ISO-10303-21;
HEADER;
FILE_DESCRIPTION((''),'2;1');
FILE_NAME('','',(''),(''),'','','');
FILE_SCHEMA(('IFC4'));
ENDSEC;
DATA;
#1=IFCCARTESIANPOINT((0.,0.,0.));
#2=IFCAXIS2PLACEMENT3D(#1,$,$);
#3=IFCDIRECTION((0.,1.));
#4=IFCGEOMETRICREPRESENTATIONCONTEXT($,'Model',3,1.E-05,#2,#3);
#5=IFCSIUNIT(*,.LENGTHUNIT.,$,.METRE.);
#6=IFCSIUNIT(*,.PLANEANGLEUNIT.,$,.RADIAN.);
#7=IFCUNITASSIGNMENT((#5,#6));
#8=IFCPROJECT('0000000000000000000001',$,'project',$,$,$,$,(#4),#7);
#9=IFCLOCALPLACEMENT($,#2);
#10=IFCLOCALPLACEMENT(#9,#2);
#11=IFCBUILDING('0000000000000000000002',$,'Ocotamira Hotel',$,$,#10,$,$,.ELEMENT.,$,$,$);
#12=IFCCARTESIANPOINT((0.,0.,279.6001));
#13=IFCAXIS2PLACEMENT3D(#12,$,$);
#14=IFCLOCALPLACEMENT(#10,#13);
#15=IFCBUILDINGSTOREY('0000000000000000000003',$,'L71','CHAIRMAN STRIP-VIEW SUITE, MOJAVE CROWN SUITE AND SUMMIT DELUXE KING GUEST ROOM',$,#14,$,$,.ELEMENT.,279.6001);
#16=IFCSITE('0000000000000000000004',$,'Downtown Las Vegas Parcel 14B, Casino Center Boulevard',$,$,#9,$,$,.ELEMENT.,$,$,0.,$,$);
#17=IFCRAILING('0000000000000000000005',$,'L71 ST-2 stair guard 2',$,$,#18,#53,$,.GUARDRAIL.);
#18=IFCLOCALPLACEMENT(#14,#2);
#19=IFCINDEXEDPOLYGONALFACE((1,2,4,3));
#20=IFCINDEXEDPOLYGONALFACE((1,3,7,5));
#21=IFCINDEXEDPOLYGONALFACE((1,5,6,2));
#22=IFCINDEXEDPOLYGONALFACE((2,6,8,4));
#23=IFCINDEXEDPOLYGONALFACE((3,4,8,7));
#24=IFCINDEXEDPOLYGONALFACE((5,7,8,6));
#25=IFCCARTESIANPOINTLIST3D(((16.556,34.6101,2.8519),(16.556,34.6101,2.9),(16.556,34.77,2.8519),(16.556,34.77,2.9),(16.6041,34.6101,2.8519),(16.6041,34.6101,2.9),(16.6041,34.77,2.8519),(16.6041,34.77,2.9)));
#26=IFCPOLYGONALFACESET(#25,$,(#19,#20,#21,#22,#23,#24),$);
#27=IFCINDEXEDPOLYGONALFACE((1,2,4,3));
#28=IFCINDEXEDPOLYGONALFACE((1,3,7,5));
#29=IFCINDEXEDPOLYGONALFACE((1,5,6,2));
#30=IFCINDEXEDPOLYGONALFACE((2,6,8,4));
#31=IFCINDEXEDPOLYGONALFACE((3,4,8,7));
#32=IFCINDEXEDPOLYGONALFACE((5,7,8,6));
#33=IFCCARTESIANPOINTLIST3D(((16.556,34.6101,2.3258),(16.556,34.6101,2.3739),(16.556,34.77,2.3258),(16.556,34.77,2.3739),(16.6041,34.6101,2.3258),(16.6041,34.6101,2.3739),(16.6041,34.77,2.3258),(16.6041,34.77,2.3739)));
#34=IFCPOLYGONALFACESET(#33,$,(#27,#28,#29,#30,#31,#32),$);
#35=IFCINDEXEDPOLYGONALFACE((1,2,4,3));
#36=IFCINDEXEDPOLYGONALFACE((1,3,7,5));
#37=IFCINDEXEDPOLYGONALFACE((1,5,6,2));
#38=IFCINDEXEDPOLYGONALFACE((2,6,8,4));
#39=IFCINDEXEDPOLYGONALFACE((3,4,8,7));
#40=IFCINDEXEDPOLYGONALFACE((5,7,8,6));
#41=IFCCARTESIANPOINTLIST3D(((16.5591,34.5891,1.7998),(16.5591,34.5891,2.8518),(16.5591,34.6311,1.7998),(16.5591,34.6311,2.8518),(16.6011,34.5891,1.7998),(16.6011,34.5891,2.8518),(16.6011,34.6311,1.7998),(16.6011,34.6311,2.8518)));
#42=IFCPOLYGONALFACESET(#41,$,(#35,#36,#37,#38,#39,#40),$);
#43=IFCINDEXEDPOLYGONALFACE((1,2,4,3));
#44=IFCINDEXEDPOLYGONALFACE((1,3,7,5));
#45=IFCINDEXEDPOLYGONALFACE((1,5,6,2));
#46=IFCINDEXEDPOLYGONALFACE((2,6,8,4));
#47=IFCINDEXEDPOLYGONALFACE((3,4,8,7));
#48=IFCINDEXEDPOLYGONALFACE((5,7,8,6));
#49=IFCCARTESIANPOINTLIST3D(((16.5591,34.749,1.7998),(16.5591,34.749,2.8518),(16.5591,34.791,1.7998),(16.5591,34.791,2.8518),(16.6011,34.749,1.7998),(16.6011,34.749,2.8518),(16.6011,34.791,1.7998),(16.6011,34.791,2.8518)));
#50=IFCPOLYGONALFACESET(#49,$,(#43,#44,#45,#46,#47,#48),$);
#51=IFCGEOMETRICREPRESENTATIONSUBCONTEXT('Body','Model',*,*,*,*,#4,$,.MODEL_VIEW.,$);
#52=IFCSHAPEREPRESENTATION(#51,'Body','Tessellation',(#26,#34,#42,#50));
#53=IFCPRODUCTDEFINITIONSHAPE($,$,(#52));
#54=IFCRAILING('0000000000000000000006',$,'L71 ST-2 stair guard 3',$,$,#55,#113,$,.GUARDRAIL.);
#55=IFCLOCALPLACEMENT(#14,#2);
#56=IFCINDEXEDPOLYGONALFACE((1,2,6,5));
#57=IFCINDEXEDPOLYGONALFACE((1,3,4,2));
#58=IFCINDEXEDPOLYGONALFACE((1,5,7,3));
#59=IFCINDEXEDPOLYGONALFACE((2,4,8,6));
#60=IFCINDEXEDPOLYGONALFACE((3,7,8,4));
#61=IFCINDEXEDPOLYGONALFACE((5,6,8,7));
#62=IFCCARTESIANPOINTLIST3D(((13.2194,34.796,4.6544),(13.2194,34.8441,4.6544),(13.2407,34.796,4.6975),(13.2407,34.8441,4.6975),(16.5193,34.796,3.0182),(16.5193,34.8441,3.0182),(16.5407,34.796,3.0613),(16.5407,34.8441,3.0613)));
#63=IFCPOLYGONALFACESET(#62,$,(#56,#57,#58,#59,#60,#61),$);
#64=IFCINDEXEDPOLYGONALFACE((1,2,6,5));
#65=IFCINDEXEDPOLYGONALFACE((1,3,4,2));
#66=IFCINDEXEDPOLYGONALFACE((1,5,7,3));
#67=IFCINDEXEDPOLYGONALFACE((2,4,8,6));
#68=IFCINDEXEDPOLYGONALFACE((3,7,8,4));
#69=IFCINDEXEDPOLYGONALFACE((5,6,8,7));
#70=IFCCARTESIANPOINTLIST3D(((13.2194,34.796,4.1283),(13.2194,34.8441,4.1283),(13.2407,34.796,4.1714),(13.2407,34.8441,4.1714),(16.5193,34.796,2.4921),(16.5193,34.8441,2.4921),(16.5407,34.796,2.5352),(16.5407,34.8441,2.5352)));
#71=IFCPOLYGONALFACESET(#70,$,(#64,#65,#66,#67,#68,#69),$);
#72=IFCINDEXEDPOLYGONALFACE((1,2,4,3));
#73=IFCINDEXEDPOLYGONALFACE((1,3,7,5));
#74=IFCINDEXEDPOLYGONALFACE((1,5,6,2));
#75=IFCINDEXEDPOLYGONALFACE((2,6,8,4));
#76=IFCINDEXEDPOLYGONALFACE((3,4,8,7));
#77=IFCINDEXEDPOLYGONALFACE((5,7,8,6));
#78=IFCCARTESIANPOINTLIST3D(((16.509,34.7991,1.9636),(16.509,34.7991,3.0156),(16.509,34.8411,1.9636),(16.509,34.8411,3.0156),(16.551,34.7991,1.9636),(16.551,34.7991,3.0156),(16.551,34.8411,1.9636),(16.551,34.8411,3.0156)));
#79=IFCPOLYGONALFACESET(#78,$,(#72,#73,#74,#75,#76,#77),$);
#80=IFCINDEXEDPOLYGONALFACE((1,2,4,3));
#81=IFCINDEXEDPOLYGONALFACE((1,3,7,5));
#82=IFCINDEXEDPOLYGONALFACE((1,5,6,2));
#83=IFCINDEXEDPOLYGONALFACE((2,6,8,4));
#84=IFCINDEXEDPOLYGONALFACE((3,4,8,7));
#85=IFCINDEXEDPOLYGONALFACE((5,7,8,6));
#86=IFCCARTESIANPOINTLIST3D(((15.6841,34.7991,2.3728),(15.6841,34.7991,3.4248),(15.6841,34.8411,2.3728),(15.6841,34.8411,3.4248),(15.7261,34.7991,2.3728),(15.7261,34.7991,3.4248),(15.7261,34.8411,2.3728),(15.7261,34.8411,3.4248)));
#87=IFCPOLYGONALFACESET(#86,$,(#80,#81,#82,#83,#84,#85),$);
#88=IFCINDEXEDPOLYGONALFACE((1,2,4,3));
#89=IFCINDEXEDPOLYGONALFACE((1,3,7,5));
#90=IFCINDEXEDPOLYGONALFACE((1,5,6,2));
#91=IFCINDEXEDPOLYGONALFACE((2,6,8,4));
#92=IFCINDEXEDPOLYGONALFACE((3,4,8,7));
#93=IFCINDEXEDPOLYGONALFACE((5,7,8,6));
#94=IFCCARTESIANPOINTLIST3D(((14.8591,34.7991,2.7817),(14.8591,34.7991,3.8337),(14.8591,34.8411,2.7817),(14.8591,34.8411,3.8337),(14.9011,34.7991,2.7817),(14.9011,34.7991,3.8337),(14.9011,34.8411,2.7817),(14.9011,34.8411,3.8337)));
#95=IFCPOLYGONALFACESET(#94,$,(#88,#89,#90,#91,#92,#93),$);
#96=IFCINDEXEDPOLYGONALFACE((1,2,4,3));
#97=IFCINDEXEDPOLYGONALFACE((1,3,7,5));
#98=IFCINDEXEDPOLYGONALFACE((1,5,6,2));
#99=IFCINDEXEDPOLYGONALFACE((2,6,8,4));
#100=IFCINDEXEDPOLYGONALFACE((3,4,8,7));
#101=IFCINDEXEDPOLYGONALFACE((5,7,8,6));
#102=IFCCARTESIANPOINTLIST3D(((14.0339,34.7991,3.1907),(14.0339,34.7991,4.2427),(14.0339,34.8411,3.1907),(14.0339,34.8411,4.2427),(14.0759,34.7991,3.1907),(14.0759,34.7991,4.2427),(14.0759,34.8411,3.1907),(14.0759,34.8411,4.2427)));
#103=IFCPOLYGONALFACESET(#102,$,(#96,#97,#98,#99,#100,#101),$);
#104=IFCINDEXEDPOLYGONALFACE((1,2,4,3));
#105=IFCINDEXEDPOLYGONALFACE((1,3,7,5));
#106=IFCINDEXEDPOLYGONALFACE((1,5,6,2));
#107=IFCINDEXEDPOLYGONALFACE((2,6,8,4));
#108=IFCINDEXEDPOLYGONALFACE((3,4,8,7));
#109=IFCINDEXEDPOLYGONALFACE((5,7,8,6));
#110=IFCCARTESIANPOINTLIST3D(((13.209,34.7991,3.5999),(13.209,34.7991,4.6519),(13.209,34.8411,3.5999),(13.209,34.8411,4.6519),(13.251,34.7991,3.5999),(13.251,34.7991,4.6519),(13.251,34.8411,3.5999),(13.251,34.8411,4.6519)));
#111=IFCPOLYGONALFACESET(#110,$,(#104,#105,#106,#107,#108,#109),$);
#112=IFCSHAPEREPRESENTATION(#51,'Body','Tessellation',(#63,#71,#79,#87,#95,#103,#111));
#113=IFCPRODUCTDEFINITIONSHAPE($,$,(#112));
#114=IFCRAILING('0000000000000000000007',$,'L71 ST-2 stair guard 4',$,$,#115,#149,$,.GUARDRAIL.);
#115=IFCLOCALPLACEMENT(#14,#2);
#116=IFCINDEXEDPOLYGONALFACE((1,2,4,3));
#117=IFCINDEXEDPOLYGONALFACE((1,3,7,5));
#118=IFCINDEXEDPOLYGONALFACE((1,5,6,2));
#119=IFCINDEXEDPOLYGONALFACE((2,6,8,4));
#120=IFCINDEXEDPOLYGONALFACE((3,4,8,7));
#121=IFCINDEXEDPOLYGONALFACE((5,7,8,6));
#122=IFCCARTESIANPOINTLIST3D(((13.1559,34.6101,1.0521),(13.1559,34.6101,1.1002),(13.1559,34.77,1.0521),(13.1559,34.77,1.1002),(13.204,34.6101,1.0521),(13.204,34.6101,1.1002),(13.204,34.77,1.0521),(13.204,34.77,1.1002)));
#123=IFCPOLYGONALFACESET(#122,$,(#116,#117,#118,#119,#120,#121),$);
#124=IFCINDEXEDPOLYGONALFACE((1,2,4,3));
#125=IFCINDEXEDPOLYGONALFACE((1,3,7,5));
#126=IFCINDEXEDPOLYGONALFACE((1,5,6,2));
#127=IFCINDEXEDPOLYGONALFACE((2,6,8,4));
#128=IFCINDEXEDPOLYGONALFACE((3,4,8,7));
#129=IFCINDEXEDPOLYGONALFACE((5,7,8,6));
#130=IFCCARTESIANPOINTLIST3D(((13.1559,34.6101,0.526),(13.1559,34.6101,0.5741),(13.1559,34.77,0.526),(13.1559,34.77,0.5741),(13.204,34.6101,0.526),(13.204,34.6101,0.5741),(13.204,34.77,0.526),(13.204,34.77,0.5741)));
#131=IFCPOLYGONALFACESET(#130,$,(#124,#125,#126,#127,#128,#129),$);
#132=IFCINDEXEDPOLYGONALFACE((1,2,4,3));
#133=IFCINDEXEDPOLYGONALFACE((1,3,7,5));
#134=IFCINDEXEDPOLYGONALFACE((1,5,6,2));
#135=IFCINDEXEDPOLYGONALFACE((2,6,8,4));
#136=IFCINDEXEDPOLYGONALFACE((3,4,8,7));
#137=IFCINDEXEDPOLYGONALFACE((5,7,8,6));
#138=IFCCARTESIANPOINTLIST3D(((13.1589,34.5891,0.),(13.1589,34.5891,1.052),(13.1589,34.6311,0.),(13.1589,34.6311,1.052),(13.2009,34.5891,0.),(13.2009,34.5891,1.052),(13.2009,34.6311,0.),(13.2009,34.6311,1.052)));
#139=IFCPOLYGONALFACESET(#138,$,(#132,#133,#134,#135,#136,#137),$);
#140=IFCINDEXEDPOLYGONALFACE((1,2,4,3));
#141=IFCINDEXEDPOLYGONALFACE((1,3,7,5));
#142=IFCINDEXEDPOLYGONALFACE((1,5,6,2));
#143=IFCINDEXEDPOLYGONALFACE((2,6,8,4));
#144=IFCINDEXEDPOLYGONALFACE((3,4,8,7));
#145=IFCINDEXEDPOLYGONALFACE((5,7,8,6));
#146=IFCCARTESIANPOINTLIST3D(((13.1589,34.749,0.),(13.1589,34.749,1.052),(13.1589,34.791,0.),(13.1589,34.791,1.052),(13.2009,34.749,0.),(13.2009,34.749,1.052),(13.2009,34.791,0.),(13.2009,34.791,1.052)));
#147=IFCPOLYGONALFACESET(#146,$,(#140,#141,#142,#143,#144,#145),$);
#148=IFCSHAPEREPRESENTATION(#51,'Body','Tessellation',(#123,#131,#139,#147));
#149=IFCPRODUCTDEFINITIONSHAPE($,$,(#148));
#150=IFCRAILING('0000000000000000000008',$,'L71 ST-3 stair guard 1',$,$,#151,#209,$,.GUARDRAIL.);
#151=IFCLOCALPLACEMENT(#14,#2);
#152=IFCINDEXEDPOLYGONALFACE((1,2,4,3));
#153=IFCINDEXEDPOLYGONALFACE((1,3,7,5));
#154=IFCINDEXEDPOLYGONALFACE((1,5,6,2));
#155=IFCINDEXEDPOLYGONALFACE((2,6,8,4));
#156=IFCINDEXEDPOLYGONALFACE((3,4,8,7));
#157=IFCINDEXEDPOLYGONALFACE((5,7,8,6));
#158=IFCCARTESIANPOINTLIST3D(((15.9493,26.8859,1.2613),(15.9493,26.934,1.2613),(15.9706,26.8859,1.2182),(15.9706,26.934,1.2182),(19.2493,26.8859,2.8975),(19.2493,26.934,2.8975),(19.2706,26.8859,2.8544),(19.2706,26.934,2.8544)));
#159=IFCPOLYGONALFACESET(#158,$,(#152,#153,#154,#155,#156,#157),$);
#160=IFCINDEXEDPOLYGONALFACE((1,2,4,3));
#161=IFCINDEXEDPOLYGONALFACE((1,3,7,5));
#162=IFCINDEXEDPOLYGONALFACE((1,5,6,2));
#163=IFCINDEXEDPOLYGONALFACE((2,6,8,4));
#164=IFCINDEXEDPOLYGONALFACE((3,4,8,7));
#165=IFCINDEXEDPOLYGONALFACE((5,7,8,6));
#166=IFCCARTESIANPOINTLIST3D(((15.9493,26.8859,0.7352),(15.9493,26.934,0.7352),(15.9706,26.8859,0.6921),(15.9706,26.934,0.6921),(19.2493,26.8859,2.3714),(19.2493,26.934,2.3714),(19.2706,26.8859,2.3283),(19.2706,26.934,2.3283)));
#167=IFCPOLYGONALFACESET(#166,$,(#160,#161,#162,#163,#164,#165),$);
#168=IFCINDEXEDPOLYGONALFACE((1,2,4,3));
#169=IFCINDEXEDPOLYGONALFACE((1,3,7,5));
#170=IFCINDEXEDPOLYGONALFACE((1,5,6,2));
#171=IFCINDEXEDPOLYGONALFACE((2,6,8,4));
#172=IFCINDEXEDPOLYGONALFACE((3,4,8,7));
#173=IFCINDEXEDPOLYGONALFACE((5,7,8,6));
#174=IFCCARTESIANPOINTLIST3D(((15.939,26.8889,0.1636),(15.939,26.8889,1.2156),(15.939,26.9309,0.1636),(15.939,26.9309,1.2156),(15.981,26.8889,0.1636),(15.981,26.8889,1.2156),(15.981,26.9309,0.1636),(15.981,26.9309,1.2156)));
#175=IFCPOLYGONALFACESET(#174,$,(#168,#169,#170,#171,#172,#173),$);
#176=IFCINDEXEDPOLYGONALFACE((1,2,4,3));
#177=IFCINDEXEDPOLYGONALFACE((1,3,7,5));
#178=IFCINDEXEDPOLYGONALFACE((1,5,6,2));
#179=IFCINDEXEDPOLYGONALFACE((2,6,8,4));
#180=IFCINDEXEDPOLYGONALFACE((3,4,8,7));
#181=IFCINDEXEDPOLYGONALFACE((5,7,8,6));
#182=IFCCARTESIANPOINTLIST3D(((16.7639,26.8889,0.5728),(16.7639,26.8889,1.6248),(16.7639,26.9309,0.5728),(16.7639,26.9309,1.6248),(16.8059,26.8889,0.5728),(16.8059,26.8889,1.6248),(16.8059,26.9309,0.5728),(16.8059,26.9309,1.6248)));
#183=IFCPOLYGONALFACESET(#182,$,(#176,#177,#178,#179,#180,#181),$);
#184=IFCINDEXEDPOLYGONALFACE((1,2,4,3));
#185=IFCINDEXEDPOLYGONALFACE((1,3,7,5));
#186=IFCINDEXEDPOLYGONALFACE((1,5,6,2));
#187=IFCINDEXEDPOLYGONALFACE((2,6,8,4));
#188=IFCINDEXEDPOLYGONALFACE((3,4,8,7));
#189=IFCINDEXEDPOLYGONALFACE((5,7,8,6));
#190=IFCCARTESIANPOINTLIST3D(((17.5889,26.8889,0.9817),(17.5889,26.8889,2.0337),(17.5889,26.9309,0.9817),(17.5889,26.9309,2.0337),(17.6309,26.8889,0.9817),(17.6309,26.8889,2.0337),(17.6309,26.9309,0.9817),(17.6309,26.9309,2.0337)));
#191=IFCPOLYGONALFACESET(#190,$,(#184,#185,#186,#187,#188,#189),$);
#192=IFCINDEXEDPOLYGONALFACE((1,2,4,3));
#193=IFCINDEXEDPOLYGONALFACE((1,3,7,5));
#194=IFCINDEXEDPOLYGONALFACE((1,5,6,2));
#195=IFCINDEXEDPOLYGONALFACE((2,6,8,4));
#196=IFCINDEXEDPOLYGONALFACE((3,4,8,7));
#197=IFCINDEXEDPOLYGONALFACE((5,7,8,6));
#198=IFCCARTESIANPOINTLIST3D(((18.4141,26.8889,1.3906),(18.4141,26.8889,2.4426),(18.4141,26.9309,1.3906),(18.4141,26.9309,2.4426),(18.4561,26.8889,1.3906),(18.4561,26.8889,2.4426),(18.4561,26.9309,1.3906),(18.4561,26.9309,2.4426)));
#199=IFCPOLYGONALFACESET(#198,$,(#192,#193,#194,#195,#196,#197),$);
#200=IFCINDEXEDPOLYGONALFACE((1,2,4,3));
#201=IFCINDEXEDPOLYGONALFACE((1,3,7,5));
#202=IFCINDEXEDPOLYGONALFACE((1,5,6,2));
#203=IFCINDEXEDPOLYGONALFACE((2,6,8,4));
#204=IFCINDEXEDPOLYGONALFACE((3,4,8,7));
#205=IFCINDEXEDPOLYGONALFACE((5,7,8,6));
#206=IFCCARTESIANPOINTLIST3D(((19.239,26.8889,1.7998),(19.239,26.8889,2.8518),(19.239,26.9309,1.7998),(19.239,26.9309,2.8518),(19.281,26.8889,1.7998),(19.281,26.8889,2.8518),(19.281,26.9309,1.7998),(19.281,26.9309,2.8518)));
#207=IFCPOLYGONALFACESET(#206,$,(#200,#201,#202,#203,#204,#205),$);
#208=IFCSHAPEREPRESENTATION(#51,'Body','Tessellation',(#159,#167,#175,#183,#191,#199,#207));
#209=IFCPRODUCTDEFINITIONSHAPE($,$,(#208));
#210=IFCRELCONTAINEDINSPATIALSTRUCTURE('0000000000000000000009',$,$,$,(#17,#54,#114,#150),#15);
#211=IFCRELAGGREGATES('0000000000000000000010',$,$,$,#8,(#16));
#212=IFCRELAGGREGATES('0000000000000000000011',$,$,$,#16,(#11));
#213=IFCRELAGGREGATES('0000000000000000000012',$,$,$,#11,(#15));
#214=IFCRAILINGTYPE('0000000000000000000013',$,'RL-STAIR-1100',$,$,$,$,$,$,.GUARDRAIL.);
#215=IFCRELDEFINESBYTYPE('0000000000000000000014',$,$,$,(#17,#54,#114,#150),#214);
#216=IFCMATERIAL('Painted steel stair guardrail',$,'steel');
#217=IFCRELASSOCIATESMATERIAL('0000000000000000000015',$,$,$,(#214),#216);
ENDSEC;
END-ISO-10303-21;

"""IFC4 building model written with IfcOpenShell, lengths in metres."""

from ifc_helpers import new_model, si_unit, direction, frame, origin, origin_2d, place, context, subcontext, project, spatial, rectangle, extrude, material, type_object, element, save


model = new_model("IFC4")

# Units and contexts
model_context = context("Model", 3, precision=1e-05, world=origin(), true_north=direction((0.0, 1.0)))
body_context = subcontext(model_context, "Body", "Model", "MODEL_VIEW")
ifc_project = project(units=[si_unit("LENGTHUNIT", "METRE"), si_unit("PLANEANGLEUNIT", "RADIAN")], contexts=[model_context])

# Site, building, storey
site_placement = place(None, origin())
site = spatial("IfcSite", under=ifc_project, at=site_placement, Name="Downtown Las Vegas Parcel 14B, Casino Center Boulevard", CompositionType="ELEMENT", RefElevation=0.0)
building_placement = place(site_placement, origin())
building = spatial("IfcBuilding", under=site, at=building_placement, Name="Ocotamira Hotel", CompositionType="ELEMENT")
storey_placement = place(building_placement, frame((0.0, 0.0, 279.6001)))
storey = spatial("IfcBuildingStorey", under=building, at=storey_placement, Name="L71", Description="CHAIRMAN STRIP-VIEW SUITE, MOJAVE CROWN SUITE AND SUMMIT DELUXE KING GUEST ROOM", CompositionType="ELEMENT", Elevation=279.6001)

# Railings
ifc_material_1 = material(Name="Painted steel stair guardrail", Category="steel")
railing_type_1 = type_object("IfcRailingType", Name="RL-STAIR-1100", PredefinedType="GUARDRAIL", material=ifc_material_1)
railing_1_placement = place(storey_placement, frame((16.5801, 34.6101, 1.7998)))
element("IfcRailing", 1, at=railing_1_placement, inside=storey, type_object=railing_type_1, Name="L71 ST-2 stair guard 2", PredefinedType="GUARDRAIL", context=body_context, shape_type="SweptSolid", body=[
    extrude(rectangle(XDim=0.0481, YDim=0.0481, at=origin_2d()), frame((0.0, 0.0, 1.0762), z_axis=(0.0, 1.0, 0.0), x_axis=(-1.0, 0.0, 0.0)), (0.0, 0.0, 1.0), 0.1599),
    extrude(rectangle(XDim=0.0481, YDim=0.0481, at=origin_2d()), frame((0.0, 0.0, 0.55), z_axis=(0.0, 1.0, 0.0), x_axis=(-1.0, 0.0, 0.0)), (0.0, 0.0, 1.0), 0.1599),
    extrude(rectangle(XDim=0.042, YDim=0.042, at=origin_2d()), origin(), (0.0, 0.0, 1.0), 1.052),
    extrude(rectangle(XDim=0.042, YDim=0.042, at=origin_2d()), frame((0.0, 0.1599, 0.0)), (0.0, 0.0, 1.0), 1.052),
])
railing_2_placement = place(storey_placement, frame((16.53, 34.8201, 1.9636)))
element("IfcRailing", 2, at=railing_2_placement, inside=storey, type_object=railing_type_1, Name="L71 ST-2 stair guard 3", PredefinedType="GUARDRAIL", context=body_context, shape_type="SweptSolid", body=[
    extrude(rectangle(XDim=0.0481, YDim=0.0481, at=origin_2d()), frame((0.0, 0.0, 1.0762), z_axis=(-0.89592, 0.0, 0.444215), x_axis=(0.0, -1.0, 0.0)), (0.0, 0.0, 1.0), 3.6833),
    extrude(rectangle(XDim=0.0481, YDim=0.0481, at=origin_2d()), frame((0.0, 0.0, 0.55), z_axis=(-0.89592, 0.0, 0.444215), x_axis=(0.0, -1.0, 0.0)), (0.0, 0.0, 1.0), 3.6833),
    extrude(rectangle(XDim=0.042, YDim=0.042, at=origin_2d()), origin(), (0.0, 0.0, 1.0), 1.052),
    extrude(rectangle(XDim=0.042, YDim=0.042, at=origin_2d()), frame((-0.825, 0.0, 0.4092)), (0.0, 0.0, 1.0), 1.052),
    extrude(rectangle(XDim=0.042, YDim=0.042, at=origin_2d()), frame((-1.6499, 0.0, 0.8181)), (0.0, 0.0, 1.0), 1.052),
    extrude(rectangle(XDim=0.042, YDim=0.042, at=origin_2d()), frame((-2.4751, 0.0, 1.2271)), (0.0, 0.0, 1.0), 1.052),
    extrude(rectangle(XDim=0.042, YDim=0.042, at=origin_2d()), frame((-3.3, 0.0, 1.6362)), (0.0, 0.0, 1.0), 1.052),
])
railing_3_placement = place(storey_placement, frame((13.1799, 34.6101, 0.0)))
element("IfcRailing", 3, at=railing_3_placement, inside=storey, type_object=railing_type_1, Name="L71 ST-2 stair guard 4", PredefinedType="GUARDRAIL", context=body_context, shape_type="SweptSolid", body=[
    extrude(rectangle(XDim=0.0481, YDim=0.0481, at=origin_2d()), frame((0.0, 0.0, 1.0762), z_axis=(0.0, 1.0, 0.0), x_axis=(-1.0, 0.0, 0.0)), (0.0, 0.0, 1.0), 0.1599),
    extrude(rectangle(XDim=0.0481, YDim=0.0481, at=origin_2d()), frame((0.0, 0.0, 0.55), z_axis=(0.0, 1.0, 0.0), x_axis=(-1.0, 0.0, 0.0)), (0.0, 0.0, 1.0), 0.1599),
    extrude(rectangle(XDim=0.042, YDim=0.042, at=origin_2d()), origin(), (0.0, 0.0, 1.0), 1.052),
    extrude(rectangle(XDim=0.042, YDim=0.042, at=origin_2d()), frame((0.0, 0.1599, 0.0)), (0.0, 0.0, 1.0), 1.052),
])
railing_4_placement = place(storey_placement, frame((15.96, 26.9099, 0.1636)))
element("IfcRailing", 4, at=railing_4_placement, inside=storey, type_object=railing_type_1, Name="L71 ST-3 stair guard 1", PredefinedType="GUARDRAIL", context=body_context, shape_type="SweptSolid", body=[
    extrude(rectangle(XDim=0.0481, YDim=0.0481, at=origin_2d()), frame((0.0, 0.0, 1.0762), z_axis=(0.89592, 0.0, 0.444215), x_axis=(0.0, 1.0, 0.0)), (0.0, 0.0, 1.0), 3.6833),
    extrude(rectangle(XDim=0.0481, YDim=0.0481, at=origin_2d()), frame((0.0, 0.0, 0.55), z_axis=(0.89592, 0.0, 0.444215), x_axis=(0.0, 1.0, 0.0)), (0.0, 0.0, 1.0), 3.6833),
    extrude(rectangle(XDim=0.042, YDim=0.042, at=origin_2d()), origin(), (0.0, 0.0, 1.0), 1.052),
    extrude(rectangle(XDim=0.042, YDim=0.042, at=origin_2d()), frame((0.825, 0.0, 0.4092)), (0.0, 0.0, 1.0), 1.052),
    extrude(rectangle(XDim=0.042, YDim=0.042, at=origin_2d()), frame((1.6499, 0.0, 0.8181)), (0.0, 0.0, 1.0), 1.052),
    extrude(rectangle(XDim=0.042, YDim=0.042, at=origin_2d()), frame((2.4751, 0.0, 1.2271)), (0.0, 0.0, 1.0), 1.052),
    extrude(rectangle(XDim=0.042, YDim=0.042, at=origin_2d()), frame((3.3, 0.0, 1.6362)), (0.0, 0.0, 1.0), 1.052),
])

save(model, "model.ifc")
